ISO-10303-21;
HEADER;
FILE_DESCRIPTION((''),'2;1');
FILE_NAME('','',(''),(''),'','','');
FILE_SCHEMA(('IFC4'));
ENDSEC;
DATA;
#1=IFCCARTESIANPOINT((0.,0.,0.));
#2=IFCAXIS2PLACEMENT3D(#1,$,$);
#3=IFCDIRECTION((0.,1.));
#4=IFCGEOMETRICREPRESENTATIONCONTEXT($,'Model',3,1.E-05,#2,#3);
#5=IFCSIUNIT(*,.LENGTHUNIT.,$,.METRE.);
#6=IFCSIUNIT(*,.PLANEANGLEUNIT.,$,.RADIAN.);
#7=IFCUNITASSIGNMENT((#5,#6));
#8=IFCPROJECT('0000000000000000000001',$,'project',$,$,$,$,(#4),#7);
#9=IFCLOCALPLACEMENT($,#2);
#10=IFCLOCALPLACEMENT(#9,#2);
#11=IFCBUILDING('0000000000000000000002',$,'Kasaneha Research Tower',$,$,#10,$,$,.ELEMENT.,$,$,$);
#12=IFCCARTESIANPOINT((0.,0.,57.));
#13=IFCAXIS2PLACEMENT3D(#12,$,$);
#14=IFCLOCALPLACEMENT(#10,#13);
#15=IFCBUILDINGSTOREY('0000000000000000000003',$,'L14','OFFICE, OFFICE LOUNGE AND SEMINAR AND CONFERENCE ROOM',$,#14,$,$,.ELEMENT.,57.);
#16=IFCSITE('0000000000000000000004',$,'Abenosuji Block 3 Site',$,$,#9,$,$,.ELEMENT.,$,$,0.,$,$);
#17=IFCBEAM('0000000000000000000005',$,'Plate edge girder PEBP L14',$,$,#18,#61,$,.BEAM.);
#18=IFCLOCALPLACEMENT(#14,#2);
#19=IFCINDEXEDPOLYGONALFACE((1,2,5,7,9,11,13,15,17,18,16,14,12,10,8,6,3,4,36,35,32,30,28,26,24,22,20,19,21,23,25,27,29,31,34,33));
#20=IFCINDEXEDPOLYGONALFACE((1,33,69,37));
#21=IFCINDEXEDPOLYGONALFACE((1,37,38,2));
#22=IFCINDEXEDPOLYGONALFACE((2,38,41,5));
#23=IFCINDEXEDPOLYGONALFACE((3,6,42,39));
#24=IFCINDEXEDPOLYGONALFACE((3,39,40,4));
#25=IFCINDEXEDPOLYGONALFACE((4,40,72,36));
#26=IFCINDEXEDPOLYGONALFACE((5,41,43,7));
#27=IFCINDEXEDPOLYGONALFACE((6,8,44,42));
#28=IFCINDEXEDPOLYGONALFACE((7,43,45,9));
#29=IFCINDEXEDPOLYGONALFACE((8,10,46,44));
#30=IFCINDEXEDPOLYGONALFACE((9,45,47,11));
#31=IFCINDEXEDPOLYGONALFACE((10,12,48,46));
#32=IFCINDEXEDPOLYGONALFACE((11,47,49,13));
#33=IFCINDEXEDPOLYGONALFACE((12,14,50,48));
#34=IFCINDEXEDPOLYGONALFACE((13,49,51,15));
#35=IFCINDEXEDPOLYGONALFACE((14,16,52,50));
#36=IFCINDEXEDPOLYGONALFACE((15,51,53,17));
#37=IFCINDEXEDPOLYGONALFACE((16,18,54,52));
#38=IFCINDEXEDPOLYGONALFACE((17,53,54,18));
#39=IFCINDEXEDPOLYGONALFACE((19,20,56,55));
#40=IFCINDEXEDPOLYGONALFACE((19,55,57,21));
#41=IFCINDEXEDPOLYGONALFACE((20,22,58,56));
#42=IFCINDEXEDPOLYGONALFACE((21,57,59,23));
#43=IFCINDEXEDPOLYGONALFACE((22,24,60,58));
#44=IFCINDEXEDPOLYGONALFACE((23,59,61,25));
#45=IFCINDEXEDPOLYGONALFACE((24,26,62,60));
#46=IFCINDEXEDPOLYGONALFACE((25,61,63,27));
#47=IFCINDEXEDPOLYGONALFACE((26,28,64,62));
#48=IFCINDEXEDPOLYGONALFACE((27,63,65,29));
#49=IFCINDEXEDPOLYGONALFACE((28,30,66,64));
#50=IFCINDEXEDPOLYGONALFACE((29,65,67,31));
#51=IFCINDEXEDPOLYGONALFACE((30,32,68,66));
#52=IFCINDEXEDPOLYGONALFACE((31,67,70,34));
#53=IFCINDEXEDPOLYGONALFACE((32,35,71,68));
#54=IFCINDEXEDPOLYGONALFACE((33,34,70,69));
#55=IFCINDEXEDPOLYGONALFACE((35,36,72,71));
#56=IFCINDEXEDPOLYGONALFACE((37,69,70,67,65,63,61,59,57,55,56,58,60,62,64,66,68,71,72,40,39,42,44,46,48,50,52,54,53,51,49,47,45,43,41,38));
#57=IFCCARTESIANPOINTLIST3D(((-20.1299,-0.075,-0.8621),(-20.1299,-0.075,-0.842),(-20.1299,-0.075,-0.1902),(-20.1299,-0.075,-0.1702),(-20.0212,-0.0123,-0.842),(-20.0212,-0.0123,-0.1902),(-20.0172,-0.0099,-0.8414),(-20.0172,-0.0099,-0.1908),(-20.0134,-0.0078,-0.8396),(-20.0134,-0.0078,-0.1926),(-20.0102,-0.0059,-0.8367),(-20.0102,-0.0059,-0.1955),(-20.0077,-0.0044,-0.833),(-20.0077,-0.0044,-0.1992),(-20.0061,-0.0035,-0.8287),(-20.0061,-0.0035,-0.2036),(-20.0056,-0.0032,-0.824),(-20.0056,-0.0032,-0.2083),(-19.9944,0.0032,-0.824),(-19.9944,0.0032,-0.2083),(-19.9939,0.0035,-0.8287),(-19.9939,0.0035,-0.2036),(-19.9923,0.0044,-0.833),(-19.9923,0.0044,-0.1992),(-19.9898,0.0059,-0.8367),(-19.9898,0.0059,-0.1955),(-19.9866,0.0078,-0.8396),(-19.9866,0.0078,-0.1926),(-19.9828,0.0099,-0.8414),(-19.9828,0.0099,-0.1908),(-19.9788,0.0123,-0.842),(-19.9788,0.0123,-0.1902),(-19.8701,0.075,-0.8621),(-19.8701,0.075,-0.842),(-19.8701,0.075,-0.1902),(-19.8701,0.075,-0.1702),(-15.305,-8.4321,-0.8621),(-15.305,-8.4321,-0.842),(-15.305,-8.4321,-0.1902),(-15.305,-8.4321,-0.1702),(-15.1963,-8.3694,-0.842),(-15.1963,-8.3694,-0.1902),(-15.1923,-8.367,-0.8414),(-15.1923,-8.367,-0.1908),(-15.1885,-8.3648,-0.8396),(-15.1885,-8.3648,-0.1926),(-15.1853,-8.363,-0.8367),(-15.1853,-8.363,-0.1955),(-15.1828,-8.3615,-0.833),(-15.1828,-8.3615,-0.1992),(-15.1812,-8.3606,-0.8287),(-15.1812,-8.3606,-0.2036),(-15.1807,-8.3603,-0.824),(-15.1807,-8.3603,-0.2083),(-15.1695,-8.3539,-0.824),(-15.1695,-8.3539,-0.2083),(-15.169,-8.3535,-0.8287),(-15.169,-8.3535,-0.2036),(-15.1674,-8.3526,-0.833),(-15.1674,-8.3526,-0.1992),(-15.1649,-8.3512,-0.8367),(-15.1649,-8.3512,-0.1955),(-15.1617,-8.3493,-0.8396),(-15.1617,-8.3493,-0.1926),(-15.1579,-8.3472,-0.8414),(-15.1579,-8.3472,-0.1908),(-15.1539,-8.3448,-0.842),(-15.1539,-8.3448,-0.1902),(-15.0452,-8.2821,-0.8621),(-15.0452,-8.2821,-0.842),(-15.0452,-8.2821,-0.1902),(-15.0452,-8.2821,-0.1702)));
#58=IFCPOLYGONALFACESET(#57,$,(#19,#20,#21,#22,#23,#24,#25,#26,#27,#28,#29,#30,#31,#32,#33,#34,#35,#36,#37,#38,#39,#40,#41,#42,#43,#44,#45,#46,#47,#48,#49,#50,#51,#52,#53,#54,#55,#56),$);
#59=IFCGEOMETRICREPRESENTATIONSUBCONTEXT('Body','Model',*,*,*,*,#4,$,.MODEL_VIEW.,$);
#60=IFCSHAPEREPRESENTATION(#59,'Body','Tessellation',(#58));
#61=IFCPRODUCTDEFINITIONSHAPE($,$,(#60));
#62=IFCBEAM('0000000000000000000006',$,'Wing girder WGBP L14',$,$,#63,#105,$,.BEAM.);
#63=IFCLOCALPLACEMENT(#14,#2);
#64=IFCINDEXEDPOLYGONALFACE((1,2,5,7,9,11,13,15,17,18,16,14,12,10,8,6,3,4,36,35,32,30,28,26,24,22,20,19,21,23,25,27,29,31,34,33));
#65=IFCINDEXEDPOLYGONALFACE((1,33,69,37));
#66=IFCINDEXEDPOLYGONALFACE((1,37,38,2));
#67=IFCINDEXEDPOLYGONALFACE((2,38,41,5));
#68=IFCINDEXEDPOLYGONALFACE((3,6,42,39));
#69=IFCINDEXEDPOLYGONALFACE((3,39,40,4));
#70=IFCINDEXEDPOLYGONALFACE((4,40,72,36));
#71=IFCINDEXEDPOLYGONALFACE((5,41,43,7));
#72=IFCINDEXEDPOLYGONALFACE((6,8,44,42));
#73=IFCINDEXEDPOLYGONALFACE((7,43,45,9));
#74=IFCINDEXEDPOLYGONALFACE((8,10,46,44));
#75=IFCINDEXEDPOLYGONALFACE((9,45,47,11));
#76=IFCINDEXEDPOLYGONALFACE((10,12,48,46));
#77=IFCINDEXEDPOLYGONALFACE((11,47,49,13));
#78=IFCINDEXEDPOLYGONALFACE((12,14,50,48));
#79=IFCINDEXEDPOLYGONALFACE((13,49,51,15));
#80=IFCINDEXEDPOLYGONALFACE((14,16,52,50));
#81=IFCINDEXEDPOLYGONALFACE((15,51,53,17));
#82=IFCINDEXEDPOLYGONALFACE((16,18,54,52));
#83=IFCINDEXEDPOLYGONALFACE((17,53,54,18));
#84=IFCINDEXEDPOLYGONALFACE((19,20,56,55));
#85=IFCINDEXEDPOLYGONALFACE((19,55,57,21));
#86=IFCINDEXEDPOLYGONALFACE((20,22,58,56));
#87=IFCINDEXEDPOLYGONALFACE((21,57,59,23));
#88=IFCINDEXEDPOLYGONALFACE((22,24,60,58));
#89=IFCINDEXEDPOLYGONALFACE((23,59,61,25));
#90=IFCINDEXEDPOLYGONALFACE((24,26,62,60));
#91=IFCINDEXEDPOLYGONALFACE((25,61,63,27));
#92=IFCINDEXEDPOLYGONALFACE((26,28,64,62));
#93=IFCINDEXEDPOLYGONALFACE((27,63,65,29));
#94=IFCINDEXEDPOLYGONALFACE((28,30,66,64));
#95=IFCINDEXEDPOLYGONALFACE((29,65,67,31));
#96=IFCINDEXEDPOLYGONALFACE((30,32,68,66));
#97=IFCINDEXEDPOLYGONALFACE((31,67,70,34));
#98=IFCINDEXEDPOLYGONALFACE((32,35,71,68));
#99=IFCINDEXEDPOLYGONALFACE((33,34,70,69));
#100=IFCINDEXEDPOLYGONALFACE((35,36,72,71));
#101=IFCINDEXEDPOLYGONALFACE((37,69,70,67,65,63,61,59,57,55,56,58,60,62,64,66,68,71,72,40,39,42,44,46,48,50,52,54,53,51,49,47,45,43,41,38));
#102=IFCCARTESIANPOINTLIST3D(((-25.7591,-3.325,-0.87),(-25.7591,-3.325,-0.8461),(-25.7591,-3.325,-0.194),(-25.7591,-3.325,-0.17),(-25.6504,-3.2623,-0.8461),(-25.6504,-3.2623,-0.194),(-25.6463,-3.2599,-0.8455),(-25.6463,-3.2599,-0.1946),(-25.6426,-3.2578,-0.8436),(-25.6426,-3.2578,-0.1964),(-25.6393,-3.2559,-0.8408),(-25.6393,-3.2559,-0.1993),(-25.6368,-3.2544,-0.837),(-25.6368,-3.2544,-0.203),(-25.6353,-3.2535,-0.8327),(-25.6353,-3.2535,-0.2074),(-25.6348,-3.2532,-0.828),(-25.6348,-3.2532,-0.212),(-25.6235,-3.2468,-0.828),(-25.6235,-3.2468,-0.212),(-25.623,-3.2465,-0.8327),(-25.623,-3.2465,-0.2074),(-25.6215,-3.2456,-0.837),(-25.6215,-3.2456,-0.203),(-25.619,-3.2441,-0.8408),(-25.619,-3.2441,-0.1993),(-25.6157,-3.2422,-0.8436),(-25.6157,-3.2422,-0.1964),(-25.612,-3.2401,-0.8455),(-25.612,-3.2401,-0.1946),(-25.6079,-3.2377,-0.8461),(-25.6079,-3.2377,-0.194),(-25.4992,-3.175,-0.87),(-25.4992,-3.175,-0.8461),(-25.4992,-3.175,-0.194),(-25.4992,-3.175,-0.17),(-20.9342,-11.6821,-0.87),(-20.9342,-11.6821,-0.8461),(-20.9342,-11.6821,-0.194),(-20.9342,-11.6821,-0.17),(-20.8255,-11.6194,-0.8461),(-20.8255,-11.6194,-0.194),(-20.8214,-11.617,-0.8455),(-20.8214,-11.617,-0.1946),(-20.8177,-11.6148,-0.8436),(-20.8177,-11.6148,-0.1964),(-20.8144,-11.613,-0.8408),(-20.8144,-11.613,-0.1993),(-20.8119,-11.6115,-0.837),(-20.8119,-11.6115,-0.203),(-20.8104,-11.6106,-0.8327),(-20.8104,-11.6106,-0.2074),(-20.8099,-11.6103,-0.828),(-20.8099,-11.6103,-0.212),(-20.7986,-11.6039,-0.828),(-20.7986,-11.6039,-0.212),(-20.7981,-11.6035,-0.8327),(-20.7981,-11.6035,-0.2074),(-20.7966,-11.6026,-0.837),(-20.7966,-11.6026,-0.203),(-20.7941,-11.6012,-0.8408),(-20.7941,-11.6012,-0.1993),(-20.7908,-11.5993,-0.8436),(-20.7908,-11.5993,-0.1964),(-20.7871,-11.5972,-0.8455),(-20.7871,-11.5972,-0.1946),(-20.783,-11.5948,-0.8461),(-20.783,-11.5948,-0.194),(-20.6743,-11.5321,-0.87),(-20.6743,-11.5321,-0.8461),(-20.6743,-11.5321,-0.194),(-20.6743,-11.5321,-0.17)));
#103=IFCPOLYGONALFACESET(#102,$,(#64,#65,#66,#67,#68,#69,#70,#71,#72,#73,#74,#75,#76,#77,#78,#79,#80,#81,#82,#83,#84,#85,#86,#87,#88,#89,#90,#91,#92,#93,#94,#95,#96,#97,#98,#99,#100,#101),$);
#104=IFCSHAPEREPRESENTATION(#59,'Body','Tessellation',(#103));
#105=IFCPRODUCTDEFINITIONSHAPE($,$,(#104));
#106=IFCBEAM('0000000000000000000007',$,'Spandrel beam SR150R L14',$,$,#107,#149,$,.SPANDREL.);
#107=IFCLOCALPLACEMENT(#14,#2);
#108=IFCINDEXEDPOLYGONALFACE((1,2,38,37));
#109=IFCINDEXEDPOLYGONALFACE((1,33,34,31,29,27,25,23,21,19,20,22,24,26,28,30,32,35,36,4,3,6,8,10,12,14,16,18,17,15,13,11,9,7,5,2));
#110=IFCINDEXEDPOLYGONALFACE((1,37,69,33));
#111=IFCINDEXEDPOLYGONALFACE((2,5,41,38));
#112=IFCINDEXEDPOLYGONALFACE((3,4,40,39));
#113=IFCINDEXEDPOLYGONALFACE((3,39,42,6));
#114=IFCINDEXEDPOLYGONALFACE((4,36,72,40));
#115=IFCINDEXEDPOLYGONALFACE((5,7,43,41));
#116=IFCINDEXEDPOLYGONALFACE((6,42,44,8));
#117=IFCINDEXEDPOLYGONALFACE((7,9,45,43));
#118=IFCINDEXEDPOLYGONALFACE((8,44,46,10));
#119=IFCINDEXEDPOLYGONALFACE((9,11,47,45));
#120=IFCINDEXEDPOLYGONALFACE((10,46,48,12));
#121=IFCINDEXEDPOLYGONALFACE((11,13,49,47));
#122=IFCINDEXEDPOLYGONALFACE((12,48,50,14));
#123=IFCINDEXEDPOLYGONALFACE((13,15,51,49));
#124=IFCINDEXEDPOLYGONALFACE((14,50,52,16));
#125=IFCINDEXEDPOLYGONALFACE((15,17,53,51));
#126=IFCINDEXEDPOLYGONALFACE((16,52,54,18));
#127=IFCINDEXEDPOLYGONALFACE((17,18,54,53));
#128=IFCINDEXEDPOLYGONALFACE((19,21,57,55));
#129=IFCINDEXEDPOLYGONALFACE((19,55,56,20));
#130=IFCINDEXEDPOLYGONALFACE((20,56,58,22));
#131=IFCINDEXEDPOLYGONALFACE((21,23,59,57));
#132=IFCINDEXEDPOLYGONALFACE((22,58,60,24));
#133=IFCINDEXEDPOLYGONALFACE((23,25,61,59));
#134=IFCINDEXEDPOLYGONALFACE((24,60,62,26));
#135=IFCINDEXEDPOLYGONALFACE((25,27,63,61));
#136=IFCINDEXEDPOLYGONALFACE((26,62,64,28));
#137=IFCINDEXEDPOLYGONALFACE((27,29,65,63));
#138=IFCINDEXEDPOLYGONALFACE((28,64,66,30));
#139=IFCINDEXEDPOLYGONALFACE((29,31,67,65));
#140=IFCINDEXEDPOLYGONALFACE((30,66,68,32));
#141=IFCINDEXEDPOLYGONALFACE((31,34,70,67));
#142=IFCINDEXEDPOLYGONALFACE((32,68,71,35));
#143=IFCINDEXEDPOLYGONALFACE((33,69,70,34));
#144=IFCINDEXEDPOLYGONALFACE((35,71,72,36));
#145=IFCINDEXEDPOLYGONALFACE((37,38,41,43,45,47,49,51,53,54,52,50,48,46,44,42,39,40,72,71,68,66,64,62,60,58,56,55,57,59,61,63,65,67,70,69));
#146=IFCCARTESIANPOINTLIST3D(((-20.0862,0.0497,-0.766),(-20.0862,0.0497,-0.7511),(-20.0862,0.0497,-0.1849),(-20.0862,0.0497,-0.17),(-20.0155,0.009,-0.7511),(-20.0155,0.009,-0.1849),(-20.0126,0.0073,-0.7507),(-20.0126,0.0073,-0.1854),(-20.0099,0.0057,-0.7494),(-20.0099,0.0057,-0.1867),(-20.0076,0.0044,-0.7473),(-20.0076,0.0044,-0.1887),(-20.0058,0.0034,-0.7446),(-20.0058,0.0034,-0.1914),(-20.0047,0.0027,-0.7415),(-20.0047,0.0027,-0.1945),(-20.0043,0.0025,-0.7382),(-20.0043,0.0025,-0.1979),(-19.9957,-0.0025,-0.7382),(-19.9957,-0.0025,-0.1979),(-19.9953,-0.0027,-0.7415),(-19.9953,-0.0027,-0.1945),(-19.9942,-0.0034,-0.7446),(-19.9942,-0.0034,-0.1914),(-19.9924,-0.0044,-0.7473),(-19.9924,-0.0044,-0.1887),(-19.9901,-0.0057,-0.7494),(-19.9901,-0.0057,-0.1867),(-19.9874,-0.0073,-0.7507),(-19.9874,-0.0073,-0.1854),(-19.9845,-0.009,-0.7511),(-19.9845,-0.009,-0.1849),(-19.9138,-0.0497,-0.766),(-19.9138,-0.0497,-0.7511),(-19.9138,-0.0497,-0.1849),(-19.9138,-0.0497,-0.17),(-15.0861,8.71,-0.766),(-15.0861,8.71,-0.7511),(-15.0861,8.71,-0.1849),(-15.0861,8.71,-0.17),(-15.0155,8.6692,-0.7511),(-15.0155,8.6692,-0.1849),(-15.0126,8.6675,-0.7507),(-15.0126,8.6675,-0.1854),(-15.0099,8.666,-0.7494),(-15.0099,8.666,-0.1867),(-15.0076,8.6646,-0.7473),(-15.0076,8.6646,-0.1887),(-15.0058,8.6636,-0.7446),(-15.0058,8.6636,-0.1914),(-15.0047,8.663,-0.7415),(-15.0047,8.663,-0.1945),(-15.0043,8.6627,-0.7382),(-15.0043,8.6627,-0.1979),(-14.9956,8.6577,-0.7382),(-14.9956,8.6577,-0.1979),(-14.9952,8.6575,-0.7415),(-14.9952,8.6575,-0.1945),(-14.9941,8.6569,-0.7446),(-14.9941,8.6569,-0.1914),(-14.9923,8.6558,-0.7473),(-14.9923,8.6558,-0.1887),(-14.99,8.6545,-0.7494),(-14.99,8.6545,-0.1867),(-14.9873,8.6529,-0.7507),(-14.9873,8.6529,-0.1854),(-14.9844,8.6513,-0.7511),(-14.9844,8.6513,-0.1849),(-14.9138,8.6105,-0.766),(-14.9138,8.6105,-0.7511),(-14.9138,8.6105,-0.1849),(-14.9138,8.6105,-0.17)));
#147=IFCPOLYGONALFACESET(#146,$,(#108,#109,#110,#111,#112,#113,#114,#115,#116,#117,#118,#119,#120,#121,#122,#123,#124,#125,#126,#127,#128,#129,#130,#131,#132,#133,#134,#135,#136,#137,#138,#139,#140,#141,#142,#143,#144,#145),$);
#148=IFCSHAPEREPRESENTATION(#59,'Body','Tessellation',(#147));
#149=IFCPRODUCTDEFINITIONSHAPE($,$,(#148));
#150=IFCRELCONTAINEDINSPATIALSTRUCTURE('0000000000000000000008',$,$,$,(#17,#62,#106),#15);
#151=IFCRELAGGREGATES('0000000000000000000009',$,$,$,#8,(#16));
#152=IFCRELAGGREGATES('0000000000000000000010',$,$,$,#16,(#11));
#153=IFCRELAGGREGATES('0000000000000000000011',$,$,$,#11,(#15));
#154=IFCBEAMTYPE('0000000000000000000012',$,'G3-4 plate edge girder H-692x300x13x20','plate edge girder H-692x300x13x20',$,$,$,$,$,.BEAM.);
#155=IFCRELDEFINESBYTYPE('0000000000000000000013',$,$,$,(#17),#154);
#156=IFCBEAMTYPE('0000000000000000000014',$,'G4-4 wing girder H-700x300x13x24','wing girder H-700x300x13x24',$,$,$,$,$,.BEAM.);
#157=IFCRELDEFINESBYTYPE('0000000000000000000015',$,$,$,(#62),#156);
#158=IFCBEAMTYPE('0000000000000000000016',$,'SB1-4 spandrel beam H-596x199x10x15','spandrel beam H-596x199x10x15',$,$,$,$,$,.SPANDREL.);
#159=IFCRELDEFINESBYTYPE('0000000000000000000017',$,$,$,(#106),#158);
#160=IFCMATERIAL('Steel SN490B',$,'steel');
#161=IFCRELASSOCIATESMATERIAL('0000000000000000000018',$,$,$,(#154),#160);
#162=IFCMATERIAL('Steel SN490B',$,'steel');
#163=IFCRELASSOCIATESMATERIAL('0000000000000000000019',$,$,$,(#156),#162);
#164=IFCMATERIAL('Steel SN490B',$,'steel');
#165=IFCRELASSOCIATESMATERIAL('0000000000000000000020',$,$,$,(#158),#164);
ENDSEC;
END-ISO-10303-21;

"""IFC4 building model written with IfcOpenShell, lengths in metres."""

from ifc_helpers import new_model, si_unit, direction, frame, origin, origin_2d, place, context, subcontext, project, spatial, i_section, extrude, material, material_profile, profile_set, type_object, element, save


model = new_model("IFC4")

# Units and contexts
model_context = context("Model", 3, precision=1e-05, world=origin(), true_north=direction((0.0, 1.0)))
body_context = subcontext(model_context, "Body", "Model", "MODEL_VIEW")
ifc_project = project(units=[si_unit("LENGTHUNIT", "METRE"), si_unit("PLANEANGLEUNIT", "RADIAN")], contexts=[model_context])

# Site, building, storey
site_placement = place(None, origin())
site = spatial("IfcSite", under=ifc_project, at=site_placement, Name="Abenosuji Block 3 Site", CompositionType="ELEMENT", RefElevation=0.0)
building_placement = place(site_placement, origin())
building = spatial("IfcBuilding", under=site, at=building_placement, Name="Kasaneha Research Tower", CompositionType="ELEMENT")
storey_placement = place(building_placement, frame((0.0, 0.0, 57.0)))
storey = spatial("IfcBuildingStorey", under=building, at=storey_placement, Name="L14", Description="OFFICE, OFFICE LOUNGE AND SEMINAR AND CONFERENCE ROOM", CompositionType="ELEMENT", Elevation=57.0)

# Beams
ifc_material_1 = material(Name="Steel SN490B", Category="steel")
ifc_material_profile_1 = material_profile(ifc_material_1, i_section(OverallWidth=0.3, OverallDepth=0.6919, WebThickness=0.0129, FlangeThickness=0.02, FilletRadius=0.0181, at=origin_2d()), Name="H-692x300x13x20")
ifc_profile_set_1 = profile_set([ifc_material_profile_1], Name="Steel SN490B")
beam_type_1 = type_object("IfcBeamType", Name="G3-4 plate edge girder H-692x300x13x20", Description="plate edge girder H-692x300x13x20", PredefinedType="BEAM", material=ifc_profile_set_1)
beam_1_placement = place(storey_placement, frame((-20.0, 0.0, -0.5161), z_axis=(0.499995, -0.866028, 0.0), x_axis=(0.866028, 0.499995, 0.0)))
element("IfcBeam", 1, at=beam_1_placement, inside=storey, type_object=beam_type_1, Name="Plate edge girder PEBP L14", PredefinedType="BEAM", context=body_context, shape_type="SweptSolid", body=[
    extrude(i_section(OverallWidth=0.3, OverallDepth=0.6919, WebThickness=0.0129, FlangeThickness=0.02, FilletRadius=0.0181, at=origin_2d()), origin(), (0.0, 0.0, 1.0), 9.6499),
])
ifc_material_2 = material(Name="Steel SN490B", Category="steel")
ifc_material_profile_2 = material_profile(ifc_material_2, i_section(OverallWidth=0.3, OverallDepth=0.7, WebThickness=0.0129, FlangeThickness=0.0239, FilletRadius=0.0181, at=origin_2d()), Name="H-700x300x13x24")
ifc_profile_set_2 = profile_set([ifc_material_profile_2], Name="Steel SN490B")
beam_type_2 = type_object("IfcBeamType", Name="G4-4 wing girder H-700x300x13x24", Description="wing girder H-700x300x13x24", PredefinedType="BEAM", material=ifc_profile_set_2)
beam_2_placement = place(storey_placement, frame((-25.6292, -3.25, -0.52), z_axis=(0.499995, -0.866028, 0.0), x_axis=(0.866028, 0.499995, 0.0)))
element("IfcBeam", 2, at=beam_2_placement, inside=storey, type_object=beam_type_2, Name="Wing girder WGBP L14", PredefinedType="BEAM", context=body_context, shape_type="SweptSolid", body=[
    extrude(i_section(OverallWidth=0.3, OverallDepth=0.7, WebThickness=0.0129, FlangeThickness=0.0239, FilletRadius=0.0181, at=origin_2d()), origin(), (0.0, 0.0, 1.0), 9.6499),
])
ifc_material_3 = material(Name="Steel SN490B", Category="steel")
ifc_material_profile_3 = material_profile(ifc_material_3, i_section(OverallWidth=0.199, OverallDepth=0.5959, WebThickness=0.01, FlangeThickness=0.0149, FilletRadius=0.0129, at=origin_2d()), Name="H-596x199x10x15")
ifc_profile_set_3 = profile_set([ifc_material_profile_3], Name="Steel SN490B")
beam_type_3 = type_object("IfcBeamType", Name="SB1-4 spandrel beam H-596x199x10x15", Description="spandrel beam H-596x199x10x15", PredefinedType="SPANDREL", material=ifc_profile_set_3)
beam_3_placement = place(storey_placement, frame((-20.0, 0.0, -0.468), z_axis=(0.500004, 0.866023, 0.0), x_axis=(-0.866023, 0.500004, 0.0)))
element("IfcBeam", 3, at=beam_3_placement, inside=storey, type_object=beam_type_3, Name="Spandrel beam SR150R L14", PredefinedType="SPANDREL", context=body_context, shape_type="SweptSolid", body=[
    extrude(i_section(OverallWidth=0.199, OverallDepth=0.5959, WebThickness=0.01, FlangeThickness=0.0149, FilletRadius=0.0129, at=origin_2d()), origin(), (0.0, 0.0, 1.0), 10.0),
])

save(model, "model.ifc")
